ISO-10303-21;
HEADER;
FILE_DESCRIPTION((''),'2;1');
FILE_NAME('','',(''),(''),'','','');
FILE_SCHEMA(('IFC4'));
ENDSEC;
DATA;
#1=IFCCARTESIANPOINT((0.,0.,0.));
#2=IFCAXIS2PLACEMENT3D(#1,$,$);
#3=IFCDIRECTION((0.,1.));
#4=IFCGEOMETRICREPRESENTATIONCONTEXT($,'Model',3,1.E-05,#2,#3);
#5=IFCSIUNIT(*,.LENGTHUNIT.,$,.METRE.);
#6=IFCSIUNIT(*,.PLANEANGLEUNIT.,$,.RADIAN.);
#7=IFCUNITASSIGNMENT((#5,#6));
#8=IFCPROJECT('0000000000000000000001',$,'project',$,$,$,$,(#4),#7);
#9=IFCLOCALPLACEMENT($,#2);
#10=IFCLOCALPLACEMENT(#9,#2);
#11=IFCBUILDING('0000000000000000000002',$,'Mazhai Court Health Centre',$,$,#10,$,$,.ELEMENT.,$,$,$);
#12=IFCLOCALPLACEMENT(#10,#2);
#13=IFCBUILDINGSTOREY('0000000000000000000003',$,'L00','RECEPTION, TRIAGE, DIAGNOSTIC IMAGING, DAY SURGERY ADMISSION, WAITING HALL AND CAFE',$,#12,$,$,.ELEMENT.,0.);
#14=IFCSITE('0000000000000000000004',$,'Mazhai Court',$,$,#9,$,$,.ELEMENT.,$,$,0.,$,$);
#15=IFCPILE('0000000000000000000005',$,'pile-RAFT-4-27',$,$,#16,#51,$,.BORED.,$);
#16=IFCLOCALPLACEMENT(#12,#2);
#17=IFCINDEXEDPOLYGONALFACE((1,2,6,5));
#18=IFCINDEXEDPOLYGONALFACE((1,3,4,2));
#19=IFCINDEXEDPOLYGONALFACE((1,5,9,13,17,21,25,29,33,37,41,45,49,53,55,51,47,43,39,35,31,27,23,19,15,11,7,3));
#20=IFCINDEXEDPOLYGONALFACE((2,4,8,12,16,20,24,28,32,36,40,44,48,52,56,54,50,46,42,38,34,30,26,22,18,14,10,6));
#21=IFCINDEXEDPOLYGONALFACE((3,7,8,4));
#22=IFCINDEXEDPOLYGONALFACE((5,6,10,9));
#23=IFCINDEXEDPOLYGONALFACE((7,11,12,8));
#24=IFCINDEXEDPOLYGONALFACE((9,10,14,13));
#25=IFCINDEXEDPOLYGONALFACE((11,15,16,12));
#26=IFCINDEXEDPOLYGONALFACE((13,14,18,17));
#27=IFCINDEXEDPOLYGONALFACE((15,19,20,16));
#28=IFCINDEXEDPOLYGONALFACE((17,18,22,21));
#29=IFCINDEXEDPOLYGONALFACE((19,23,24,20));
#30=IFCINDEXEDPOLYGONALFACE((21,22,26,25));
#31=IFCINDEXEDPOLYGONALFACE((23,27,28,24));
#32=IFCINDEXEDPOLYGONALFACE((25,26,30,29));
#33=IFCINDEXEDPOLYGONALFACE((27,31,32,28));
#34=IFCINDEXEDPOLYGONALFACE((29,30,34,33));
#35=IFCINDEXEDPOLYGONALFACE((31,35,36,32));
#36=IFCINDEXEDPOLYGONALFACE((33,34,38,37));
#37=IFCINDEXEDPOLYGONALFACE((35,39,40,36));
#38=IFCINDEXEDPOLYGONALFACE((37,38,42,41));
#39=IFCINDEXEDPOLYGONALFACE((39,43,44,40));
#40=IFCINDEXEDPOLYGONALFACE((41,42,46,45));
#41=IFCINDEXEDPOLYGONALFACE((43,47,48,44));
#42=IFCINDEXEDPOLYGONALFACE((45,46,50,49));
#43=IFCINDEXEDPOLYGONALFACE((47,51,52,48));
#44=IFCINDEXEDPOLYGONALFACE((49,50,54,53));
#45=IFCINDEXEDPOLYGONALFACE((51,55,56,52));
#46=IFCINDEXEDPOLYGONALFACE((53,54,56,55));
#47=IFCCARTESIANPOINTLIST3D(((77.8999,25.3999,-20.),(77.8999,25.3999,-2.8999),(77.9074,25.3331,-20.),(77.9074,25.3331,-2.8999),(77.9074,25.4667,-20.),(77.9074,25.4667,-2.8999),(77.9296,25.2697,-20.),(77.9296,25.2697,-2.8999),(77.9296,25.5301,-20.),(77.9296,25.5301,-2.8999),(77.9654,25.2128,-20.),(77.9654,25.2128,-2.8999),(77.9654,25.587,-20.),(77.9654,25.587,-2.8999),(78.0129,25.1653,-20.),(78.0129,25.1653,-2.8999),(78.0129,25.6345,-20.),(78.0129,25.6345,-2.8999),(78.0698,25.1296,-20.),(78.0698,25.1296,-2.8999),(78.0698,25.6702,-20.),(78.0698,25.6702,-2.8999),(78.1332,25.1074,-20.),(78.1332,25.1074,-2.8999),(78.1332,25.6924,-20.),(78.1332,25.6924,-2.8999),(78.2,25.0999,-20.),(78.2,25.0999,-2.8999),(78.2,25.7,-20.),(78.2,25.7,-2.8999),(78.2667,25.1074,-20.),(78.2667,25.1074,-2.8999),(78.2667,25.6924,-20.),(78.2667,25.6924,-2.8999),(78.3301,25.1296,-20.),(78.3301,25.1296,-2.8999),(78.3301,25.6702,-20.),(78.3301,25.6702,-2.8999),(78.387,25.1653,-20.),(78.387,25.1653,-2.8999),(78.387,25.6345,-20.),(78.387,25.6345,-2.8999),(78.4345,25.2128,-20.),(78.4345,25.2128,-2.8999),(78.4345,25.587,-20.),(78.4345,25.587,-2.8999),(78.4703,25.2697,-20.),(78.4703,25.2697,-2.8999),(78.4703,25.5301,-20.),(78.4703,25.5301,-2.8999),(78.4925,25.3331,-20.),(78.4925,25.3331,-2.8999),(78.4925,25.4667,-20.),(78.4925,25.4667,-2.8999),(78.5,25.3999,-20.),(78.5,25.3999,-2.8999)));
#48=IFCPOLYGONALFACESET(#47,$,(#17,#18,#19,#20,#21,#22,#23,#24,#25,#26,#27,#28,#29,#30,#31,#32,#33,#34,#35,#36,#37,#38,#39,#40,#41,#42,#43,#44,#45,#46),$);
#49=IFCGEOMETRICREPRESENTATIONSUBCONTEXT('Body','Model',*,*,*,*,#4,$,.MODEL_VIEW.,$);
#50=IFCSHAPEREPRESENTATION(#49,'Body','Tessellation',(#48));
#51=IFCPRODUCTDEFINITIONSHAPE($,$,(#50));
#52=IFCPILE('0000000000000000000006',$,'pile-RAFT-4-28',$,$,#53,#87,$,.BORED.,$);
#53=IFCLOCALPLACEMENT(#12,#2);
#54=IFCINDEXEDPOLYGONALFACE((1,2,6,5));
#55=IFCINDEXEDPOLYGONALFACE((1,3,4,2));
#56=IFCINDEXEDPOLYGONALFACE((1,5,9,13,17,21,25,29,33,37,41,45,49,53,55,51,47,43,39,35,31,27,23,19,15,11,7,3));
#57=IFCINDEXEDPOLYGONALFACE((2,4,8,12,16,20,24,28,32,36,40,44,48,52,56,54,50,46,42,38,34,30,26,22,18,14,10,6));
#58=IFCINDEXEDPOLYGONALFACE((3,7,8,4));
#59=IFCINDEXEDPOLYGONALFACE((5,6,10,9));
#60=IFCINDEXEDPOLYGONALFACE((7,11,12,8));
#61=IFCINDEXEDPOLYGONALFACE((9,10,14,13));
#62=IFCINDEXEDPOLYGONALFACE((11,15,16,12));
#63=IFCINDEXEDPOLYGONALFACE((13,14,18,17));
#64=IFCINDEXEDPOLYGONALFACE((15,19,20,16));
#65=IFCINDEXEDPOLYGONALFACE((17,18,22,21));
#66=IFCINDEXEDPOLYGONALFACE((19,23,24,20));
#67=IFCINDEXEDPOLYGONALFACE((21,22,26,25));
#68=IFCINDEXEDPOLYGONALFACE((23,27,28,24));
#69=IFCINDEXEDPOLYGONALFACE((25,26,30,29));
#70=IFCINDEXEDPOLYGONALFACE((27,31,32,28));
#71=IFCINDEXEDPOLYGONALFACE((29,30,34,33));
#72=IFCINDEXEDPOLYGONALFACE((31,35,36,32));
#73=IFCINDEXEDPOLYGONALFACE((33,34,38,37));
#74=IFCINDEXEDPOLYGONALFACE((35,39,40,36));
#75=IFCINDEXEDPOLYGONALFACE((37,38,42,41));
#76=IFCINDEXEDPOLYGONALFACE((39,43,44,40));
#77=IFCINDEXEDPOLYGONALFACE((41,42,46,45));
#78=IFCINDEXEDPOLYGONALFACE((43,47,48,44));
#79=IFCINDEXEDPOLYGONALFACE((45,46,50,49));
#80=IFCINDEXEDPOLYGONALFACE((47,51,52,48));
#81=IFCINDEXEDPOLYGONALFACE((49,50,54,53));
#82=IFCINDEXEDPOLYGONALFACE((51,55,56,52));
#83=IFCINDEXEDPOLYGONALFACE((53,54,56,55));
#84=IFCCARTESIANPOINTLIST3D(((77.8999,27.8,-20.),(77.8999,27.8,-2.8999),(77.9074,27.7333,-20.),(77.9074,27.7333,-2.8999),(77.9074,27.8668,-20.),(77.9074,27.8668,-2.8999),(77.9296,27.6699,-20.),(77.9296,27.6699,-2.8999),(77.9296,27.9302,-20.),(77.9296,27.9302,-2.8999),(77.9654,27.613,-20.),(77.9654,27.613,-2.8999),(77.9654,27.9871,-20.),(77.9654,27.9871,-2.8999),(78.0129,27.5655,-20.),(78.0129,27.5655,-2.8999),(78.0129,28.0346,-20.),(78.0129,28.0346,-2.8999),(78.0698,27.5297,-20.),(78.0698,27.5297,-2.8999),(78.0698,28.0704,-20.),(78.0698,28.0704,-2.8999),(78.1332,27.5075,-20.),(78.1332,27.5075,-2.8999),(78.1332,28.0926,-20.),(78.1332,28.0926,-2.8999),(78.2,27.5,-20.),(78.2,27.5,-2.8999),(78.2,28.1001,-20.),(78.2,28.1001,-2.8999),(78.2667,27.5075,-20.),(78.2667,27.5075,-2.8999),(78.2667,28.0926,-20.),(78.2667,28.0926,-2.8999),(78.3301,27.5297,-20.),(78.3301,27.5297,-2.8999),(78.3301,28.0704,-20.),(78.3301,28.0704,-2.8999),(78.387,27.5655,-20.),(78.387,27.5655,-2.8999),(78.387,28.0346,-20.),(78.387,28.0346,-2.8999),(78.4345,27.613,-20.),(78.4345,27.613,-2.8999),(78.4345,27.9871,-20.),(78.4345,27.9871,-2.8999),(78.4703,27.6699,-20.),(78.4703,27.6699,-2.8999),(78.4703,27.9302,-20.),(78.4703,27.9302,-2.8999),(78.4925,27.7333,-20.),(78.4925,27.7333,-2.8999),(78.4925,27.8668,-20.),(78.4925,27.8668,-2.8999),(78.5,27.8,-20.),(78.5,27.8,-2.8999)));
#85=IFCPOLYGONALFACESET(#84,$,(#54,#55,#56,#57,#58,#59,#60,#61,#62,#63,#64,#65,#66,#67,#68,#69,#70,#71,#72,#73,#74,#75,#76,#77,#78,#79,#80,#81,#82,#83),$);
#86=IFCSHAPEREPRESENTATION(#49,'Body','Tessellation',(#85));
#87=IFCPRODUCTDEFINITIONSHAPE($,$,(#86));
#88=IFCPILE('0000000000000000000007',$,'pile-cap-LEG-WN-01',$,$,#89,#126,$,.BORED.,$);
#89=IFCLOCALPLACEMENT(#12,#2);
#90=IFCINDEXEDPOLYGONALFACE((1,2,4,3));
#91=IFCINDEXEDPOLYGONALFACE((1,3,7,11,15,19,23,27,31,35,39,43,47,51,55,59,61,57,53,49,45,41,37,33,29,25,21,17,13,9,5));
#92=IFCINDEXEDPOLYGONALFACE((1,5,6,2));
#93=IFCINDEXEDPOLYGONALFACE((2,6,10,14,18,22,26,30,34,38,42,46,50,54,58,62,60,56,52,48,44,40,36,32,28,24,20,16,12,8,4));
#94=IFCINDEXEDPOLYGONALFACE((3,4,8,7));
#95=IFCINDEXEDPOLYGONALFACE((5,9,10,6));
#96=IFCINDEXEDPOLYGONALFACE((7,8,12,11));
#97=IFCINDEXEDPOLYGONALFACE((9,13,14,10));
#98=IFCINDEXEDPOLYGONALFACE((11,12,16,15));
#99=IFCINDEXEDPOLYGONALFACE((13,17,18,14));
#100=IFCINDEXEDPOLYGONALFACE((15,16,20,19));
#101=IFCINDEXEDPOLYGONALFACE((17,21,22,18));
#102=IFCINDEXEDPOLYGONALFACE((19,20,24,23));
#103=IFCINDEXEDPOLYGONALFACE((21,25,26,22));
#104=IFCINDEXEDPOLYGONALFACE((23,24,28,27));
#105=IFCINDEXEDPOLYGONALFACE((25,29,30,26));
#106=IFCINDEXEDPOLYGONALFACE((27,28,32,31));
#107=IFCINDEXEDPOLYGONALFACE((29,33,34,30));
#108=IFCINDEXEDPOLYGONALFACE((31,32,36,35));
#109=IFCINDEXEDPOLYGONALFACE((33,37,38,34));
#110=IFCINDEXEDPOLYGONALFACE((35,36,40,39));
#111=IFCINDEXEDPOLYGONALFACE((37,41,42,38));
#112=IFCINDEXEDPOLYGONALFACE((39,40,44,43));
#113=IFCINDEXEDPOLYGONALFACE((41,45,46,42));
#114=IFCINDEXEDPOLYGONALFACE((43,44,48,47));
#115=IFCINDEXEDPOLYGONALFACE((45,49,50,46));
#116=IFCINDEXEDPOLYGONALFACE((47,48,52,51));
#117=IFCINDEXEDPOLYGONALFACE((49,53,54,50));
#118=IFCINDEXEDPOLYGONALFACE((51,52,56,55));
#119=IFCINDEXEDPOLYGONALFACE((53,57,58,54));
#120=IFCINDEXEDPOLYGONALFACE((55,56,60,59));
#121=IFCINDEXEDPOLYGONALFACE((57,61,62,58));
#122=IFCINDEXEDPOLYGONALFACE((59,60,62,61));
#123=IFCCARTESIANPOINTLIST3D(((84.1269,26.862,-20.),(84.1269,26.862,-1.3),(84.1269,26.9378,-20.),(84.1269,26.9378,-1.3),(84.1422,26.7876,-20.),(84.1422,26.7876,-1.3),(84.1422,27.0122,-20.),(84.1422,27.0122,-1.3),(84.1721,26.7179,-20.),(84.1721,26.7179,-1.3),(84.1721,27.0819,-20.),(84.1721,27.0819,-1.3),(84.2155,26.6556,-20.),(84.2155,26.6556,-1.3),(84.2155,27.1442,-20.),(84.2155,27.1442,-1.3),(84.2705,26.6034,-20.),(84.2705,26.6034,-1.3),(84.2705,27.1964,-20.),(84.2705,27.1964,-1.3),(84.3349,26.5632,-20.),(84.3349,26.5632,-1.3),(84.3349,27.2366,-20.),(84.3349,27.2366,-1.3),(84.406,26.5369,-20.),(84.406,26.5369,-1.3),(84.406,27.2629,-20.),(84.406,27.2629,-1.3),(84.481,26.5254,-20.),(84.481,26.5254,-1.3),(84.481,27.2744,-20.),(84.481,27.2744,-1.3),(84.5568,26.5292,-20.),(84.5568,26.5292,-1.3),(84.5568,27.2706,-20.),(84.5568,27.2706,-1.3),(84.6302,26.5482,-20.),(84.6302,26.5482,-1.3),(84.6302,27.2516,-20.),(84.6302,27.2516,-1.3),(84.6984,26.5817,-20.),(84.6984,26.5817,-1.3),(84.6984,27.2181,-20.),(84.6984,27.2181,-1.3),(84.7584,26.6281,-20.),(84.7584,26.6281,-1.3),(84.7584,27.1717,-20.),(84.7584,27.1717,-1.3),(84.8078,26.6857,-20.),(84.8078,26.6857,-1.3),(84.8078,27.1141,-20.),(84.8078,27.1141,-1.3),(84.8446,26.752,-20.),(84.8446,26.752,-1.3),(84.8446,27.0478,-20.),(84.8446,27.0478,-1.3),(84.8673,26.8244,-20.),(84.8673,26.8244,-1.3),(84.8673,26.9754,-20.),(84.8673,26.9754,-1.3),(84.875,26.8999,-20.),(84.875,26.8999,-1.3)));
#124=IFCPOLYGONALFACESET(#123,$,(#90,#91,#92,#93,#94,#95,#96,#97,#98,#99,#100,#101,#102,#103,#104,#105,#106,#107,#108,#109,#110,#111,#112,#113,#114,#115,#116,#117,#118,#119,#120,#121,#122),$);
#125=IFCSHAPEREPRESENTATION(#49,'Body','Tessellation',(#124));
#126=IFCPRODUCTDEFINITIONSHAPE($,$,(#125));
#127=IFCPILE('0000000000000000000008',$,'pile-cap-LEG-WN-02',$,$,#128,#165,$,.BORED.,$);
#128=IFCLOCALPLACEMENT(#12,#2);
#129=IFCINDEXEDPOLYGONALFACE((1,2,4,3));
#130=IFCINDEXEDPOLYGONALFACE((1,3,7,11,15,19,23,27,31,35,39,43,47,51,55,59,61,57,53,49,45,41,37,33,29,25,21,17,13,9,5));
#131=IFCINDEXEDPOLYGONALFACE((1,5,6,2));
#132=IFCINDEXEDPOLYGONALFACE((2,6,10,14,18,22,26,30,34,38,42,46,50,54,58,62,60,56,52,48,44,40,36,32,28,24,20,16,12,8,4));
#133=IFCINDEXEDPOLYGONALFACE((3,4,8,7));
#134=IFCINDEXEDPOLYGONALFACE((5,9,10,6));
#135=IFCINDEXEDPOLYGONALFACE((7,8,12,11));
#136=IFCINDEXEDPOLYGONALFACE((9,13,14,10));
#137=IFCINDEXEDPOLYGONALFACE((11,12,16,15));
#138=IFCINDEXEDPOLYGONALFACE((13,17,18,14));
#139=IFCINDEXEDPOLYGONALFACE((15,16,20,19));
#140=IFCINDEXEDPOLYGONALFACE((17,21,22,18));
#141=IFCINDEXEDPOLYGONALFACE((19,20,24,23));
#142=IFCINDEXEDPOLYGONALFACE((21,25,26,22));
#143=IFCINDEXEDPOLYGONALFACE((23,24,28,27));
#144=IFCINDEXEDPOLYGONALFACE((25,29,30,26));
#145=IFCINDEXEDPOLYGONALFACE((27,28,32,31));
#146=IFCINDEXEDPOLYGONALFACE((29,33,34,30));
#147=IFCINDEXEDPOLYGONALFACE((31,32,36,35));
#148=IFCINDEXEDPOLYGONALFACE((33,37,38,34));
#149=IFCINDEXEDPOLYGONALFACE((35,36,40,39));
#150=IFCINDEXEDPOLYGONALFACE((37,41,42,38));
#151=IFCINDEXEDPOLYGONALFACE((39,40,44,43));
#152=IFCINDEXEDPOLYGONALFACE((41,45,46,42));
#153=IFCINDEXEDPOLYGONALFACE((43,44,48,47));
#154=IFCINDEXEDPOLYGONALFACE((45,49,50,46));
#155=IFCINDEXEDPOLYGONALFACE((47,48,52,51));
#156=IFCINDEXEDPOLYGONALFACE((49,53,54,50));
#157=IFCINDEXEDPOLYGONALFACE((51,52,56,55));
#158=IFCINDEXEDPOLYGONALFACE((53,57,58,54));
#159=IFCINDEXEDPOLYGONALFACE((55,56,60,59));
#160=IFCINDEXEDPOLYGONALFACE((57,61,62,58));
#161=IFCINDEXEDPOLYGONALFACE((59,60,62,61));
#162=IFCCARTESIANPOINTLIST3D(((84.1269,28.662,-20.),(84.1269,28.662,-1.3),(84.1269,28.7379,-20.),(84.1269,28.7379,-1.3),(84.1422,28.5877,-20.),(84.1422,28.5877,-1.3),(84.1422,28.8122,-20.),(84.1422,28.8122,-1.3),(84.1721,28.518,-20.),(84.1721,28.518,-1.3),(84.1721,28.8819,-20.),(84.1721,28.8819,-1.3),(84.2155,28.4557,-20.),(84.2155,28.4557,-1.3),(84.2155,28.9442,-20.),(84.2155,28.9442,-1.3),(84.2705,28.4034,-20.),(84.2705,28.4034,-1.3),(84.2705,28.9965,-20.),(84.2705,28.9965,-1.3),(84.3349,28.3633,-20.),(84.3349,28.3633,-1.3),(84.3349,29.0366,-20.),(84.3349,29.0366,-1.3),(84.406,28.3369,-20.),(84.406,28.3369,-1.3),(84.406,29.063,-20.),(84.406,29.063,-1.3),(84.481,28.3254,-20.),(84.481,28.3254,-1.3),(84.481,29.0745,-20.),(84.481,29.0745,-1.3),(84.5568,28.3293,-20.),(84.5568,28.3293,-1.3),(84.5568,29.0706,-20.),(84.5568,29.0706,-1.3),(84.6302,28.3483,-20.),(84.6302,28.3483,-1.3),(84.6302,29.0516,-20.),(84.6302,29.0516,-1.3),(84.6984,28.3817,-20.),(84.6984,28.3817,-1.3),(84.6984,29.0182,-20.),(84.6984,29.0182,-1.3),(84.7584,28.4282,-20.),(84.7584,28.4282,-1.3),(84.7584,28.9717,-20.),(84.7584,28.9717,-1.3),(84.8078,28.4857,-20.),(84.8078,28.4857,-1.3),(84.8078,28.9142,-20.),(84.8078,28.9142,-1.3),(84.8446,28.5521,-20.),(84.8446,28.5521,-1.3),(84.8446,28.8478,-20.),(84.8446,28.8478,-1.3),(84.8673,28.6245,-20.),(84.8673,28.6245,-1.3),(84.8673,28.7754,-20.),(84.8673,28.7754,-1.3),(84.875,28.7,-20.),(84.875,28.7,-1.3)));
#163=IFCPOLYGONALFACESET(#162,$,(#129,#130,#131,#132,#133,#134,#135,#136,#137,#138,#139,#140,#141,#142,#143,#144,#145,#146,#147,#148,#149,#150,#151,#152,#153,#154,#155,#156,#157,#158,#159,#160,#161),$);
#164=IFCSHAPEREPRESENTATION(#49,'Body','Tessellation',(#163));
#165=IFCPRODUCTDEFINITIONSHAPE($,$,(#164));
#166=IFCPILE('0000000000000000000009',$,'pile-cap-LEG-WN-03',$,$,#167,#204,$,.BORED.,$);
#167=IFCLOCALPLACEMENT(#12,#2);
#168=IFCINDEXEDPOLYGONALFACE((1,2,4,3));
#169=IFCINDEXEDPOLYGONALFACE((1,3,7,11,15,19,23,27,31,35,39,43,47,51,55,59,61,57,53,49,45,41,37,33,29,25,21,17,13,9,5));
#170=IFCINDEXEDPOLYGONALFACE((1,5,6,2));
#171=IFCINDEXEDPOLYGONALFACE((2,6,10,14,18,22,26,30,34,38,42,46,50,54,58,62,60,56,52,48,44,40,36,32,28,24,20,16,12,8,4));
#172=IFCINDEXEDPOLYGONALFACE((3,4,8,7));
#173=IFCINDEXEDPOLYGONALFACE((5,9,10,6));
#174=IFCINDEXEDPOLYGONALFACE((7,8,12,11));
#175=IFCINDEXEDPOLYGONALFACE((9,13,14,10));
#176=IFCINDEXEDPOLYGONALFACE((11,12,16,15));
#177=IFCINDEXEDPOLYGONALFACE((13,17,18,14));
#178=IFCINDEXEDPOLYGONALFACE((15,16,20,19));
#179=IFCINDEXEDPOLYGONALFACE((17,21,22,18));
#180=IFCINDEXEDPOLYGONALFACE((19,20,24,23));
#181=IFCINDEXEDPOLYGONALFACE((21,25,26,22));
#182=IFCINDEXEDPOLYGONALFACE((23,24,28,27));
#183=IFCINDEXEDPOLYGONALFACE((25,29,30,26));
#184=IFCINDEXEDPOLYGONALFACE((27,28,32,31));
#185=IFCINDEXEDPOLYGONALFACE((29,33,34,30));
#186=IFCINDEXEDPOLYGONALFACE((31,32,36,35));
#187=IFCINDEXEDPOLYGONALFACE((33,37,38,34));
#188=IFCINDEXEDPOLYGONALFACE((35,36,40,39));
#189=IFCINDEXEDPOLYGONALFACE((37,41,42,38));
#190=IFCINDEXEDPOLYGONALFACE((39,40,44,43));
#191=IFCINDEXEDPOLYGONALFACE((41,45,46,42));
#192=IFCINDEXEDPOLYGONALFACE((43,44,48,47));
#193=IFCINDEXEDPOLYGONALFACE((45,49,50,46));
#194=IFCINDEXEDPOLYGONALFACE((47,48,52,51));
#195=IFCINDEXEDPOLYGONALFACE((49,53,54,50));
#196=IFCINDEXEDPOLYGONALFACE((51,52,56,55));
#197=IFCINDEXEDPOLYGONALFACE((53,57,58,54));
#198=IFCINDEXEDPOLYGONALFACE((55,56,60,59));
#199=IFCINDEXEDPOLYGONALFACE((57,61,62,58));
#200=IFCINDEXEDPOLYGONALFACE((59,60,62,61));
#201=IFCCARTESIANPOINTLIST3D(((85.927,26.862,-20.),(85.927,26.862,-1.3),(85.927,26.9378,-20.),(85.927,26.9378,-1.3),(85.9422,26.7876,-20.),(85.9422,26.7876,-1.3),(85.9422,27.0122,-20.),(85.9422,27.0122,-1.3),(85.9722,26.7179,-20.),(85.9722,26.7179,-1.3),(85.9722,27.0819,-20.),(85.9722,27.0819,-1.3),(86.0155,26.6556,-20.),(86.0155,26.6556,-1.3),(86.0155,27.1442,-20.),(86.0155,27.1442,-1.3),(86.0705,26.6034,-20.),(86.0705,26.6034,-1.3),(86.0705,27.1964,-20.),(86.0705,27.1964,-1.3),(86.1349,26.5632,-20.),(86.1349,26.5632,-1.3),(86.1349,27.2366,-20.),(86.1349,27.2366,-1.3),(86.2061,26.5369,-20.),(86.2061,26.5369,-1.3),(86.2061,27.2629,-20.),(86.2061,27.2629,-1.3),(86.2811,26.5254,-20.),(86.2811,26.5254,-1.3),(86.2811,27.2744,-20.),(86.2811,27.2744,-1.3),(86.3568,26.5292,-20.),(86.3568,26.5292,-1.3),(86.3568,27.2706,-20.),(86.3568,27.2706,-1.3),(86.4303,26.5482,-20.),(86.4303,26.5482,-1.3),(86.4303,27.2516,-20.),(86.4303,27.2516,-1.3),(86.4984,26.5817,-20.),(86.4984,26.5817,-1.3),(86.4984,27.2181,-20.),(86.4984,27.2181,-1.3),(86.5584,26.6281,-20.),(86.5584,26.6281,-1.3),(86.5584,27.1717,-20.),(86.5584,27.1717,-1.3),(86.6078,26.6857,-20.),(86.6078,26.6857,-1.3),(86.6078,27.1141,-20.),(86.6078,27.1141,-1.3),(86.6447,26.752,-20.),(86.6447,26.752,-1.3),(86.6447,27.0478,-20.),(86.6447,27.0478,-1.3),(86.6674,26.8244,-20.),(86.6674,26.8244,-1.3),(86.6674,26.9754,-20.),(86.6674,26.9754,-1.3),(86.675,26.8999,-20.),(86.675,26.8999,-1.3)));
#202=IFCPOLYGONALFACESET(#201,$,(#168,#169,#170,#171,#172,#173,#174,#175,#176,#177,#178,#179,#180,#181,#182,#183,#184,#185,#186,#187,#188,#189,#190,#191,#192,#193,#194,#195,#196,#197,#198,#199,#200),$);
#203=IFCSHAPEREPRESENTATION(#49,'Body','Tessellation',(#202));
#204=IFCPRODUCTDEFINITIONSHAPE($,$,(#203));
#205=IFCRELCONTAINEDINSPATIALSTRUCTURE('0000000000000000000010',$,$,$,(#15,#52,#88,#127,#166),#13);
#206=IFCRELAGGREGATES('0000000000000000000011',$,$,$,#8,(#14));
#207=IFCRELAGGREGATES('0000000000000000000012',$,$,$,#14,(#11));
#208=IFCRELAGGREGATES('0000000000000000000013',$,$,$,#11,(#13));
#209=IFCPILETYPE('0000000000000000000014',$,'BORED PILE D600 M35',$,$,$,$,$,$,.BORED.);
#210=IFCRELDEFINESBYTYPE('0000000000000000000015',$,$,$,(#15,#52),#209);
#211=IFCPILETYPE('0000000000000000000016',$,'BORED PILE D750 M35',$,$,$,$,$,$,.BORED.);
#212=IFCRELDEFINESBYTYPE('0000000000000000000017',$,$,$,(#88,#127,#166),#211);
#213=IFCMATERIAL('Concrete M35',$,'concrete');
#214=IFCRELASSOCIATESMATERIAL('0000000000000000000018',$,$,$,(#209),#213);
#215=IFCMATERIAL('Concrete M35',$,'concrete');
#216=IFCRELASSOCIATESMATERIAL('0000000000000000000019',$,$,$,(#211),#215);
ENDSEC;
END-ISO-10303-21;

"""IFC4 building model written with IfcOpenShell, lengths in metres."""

from ifc_helpers import new_model, si_unit, direction, frame, origin, origin_2d, place, context, subcontext, project, spatial, circle, extrude, material, material_profile, profile_set, type_object, element, save


model = new_model("IFC4")

# Units and contexts
model_context = context("Model", 3, precision=1e-05, world=origin(), true_north=direction((0.0, 1.0)))
body_context = subcontext(model_context, "Body", "Model", "MODEL_VIEW")
ifc_project = project(units=[si_unit("LENGTHUNIT", "METRE"), si_unit("PLANEANGLEUNIT", "RADIAN")], contexts=[model_context])

# Site, building, storey
site_placement = place(None, origin())
site = spatial("IfcSite", under=ifc_project, at=site_placement, Name="Mazhai Court", CompositionType="ELEMENT", RefElevation=0.0)
building_placement = place(site_placement, origin())
building = spatial("IfcBuilding", under=site, at=building_placement, Name="Mazhai Court Health Centre", CompositionType="ELEMENT")
storey_placement = place(building_placement, origin())
storey = spatial("IfcBuildingStorey", under=building, at=storey_placement, Name="L00", Description="RECEPTION, TRIAGE, DIAGNOSTIC IMAGING, DAY SURGERY ADMISSION, WAITING HALL AND CAFE", CompositionType="ELEMENT", Elevation=0.0)

# Piles
ifc_material_1 = material(Name="Concrete M35", Category="concrete")
ifc_material_profile_1 = material_profile(ifc_material_1, circle(Radius=0.3, at=origin_2d()), Name="RC PILE D600")
ifc_profile_set_1 = profile_set([ifc_material_profile_1], Name="Concrete M35")
pile_type_1 = type_object("IfcPileType", Name="BORED PILE D600 M35", PredefinedType="BORED", material=ifc_profile_set_1)
for number, where, z_axis, x_axis, name in (
    (1, (78.2, 25.3999, -2.8999), (0.0, 0.0, -1.0), (1.0, 0.0, 0.0), "pile-RAFT-4-27"),
    (2, (78.2, 27.8, -2.8999), (0.0, 0.0, -1.0), (1.0, 0.0, 0.0), "pile-RAFT-4-28"),
):
    element("IfcPile", number, at=place(storey_placement, frame(where, z_axis=z_axis, x_axis=x_axis)), inside=storey, type_object=pile_type_1, Name=name, PredefinedType="BORED", context=body_context, shape_type="SweptSolid", body=[
        extrude(circle(Radius=0.3, at=origin_2d()), origin(), (0.0, 0.0, 1.0), 17.1001),
    ])
ifc_material_2 = material(Name="Concrete M35", Category="concrete")
ifc_material_profile_2 = material_profile(ifc_material_2, circle(Radius=0.375, at=origin_2d()), Name="RC PILE D750")
ifc_profile_set_2 = profile_set([ifc_material_profile_2], Name="Concrete M35")
pile_type_2 = type_object("IfcPileType", Name="BORED PILE D750 M35", PredefinedType="BORED", material=ifc_profile_set_2)
for number, where, z_axis, x_axis, name in (
    (3, (84.5, 26.8999, -1.3), (0.0, 0.0, -1.0), (1.0, 0.0, 0.0), "pile-cap-LEG-WN-01"),
    (4, (84.5, 28.7, -1.3), (0.0, 0.0, -1.0), (1.0, 0.0, 0.0), "pile-cap-LEG-WN-02"),
    (5, (86.3, 26.8999, -1.3), (0.0, 0.0, -1.0), (1.0, 0.0, 0.0), "pile-cap-LEG-WN-03"),
):
    element("IfcPile", number, at=place(storey_placement, frame(where, z_axis=z_axis, x_axis=x_axis)), inside=storey, type_object=pile_type_2, Name=name, PredefinedType="BORED", context=body_context, shape_type="SweptSolid", body=[
        extrude(circle(Radius=0.375, at=origin_2d()), origin(), (0.0, 0.0, 1.0), 18.7),
    ])

save(model, "model.ifc")
